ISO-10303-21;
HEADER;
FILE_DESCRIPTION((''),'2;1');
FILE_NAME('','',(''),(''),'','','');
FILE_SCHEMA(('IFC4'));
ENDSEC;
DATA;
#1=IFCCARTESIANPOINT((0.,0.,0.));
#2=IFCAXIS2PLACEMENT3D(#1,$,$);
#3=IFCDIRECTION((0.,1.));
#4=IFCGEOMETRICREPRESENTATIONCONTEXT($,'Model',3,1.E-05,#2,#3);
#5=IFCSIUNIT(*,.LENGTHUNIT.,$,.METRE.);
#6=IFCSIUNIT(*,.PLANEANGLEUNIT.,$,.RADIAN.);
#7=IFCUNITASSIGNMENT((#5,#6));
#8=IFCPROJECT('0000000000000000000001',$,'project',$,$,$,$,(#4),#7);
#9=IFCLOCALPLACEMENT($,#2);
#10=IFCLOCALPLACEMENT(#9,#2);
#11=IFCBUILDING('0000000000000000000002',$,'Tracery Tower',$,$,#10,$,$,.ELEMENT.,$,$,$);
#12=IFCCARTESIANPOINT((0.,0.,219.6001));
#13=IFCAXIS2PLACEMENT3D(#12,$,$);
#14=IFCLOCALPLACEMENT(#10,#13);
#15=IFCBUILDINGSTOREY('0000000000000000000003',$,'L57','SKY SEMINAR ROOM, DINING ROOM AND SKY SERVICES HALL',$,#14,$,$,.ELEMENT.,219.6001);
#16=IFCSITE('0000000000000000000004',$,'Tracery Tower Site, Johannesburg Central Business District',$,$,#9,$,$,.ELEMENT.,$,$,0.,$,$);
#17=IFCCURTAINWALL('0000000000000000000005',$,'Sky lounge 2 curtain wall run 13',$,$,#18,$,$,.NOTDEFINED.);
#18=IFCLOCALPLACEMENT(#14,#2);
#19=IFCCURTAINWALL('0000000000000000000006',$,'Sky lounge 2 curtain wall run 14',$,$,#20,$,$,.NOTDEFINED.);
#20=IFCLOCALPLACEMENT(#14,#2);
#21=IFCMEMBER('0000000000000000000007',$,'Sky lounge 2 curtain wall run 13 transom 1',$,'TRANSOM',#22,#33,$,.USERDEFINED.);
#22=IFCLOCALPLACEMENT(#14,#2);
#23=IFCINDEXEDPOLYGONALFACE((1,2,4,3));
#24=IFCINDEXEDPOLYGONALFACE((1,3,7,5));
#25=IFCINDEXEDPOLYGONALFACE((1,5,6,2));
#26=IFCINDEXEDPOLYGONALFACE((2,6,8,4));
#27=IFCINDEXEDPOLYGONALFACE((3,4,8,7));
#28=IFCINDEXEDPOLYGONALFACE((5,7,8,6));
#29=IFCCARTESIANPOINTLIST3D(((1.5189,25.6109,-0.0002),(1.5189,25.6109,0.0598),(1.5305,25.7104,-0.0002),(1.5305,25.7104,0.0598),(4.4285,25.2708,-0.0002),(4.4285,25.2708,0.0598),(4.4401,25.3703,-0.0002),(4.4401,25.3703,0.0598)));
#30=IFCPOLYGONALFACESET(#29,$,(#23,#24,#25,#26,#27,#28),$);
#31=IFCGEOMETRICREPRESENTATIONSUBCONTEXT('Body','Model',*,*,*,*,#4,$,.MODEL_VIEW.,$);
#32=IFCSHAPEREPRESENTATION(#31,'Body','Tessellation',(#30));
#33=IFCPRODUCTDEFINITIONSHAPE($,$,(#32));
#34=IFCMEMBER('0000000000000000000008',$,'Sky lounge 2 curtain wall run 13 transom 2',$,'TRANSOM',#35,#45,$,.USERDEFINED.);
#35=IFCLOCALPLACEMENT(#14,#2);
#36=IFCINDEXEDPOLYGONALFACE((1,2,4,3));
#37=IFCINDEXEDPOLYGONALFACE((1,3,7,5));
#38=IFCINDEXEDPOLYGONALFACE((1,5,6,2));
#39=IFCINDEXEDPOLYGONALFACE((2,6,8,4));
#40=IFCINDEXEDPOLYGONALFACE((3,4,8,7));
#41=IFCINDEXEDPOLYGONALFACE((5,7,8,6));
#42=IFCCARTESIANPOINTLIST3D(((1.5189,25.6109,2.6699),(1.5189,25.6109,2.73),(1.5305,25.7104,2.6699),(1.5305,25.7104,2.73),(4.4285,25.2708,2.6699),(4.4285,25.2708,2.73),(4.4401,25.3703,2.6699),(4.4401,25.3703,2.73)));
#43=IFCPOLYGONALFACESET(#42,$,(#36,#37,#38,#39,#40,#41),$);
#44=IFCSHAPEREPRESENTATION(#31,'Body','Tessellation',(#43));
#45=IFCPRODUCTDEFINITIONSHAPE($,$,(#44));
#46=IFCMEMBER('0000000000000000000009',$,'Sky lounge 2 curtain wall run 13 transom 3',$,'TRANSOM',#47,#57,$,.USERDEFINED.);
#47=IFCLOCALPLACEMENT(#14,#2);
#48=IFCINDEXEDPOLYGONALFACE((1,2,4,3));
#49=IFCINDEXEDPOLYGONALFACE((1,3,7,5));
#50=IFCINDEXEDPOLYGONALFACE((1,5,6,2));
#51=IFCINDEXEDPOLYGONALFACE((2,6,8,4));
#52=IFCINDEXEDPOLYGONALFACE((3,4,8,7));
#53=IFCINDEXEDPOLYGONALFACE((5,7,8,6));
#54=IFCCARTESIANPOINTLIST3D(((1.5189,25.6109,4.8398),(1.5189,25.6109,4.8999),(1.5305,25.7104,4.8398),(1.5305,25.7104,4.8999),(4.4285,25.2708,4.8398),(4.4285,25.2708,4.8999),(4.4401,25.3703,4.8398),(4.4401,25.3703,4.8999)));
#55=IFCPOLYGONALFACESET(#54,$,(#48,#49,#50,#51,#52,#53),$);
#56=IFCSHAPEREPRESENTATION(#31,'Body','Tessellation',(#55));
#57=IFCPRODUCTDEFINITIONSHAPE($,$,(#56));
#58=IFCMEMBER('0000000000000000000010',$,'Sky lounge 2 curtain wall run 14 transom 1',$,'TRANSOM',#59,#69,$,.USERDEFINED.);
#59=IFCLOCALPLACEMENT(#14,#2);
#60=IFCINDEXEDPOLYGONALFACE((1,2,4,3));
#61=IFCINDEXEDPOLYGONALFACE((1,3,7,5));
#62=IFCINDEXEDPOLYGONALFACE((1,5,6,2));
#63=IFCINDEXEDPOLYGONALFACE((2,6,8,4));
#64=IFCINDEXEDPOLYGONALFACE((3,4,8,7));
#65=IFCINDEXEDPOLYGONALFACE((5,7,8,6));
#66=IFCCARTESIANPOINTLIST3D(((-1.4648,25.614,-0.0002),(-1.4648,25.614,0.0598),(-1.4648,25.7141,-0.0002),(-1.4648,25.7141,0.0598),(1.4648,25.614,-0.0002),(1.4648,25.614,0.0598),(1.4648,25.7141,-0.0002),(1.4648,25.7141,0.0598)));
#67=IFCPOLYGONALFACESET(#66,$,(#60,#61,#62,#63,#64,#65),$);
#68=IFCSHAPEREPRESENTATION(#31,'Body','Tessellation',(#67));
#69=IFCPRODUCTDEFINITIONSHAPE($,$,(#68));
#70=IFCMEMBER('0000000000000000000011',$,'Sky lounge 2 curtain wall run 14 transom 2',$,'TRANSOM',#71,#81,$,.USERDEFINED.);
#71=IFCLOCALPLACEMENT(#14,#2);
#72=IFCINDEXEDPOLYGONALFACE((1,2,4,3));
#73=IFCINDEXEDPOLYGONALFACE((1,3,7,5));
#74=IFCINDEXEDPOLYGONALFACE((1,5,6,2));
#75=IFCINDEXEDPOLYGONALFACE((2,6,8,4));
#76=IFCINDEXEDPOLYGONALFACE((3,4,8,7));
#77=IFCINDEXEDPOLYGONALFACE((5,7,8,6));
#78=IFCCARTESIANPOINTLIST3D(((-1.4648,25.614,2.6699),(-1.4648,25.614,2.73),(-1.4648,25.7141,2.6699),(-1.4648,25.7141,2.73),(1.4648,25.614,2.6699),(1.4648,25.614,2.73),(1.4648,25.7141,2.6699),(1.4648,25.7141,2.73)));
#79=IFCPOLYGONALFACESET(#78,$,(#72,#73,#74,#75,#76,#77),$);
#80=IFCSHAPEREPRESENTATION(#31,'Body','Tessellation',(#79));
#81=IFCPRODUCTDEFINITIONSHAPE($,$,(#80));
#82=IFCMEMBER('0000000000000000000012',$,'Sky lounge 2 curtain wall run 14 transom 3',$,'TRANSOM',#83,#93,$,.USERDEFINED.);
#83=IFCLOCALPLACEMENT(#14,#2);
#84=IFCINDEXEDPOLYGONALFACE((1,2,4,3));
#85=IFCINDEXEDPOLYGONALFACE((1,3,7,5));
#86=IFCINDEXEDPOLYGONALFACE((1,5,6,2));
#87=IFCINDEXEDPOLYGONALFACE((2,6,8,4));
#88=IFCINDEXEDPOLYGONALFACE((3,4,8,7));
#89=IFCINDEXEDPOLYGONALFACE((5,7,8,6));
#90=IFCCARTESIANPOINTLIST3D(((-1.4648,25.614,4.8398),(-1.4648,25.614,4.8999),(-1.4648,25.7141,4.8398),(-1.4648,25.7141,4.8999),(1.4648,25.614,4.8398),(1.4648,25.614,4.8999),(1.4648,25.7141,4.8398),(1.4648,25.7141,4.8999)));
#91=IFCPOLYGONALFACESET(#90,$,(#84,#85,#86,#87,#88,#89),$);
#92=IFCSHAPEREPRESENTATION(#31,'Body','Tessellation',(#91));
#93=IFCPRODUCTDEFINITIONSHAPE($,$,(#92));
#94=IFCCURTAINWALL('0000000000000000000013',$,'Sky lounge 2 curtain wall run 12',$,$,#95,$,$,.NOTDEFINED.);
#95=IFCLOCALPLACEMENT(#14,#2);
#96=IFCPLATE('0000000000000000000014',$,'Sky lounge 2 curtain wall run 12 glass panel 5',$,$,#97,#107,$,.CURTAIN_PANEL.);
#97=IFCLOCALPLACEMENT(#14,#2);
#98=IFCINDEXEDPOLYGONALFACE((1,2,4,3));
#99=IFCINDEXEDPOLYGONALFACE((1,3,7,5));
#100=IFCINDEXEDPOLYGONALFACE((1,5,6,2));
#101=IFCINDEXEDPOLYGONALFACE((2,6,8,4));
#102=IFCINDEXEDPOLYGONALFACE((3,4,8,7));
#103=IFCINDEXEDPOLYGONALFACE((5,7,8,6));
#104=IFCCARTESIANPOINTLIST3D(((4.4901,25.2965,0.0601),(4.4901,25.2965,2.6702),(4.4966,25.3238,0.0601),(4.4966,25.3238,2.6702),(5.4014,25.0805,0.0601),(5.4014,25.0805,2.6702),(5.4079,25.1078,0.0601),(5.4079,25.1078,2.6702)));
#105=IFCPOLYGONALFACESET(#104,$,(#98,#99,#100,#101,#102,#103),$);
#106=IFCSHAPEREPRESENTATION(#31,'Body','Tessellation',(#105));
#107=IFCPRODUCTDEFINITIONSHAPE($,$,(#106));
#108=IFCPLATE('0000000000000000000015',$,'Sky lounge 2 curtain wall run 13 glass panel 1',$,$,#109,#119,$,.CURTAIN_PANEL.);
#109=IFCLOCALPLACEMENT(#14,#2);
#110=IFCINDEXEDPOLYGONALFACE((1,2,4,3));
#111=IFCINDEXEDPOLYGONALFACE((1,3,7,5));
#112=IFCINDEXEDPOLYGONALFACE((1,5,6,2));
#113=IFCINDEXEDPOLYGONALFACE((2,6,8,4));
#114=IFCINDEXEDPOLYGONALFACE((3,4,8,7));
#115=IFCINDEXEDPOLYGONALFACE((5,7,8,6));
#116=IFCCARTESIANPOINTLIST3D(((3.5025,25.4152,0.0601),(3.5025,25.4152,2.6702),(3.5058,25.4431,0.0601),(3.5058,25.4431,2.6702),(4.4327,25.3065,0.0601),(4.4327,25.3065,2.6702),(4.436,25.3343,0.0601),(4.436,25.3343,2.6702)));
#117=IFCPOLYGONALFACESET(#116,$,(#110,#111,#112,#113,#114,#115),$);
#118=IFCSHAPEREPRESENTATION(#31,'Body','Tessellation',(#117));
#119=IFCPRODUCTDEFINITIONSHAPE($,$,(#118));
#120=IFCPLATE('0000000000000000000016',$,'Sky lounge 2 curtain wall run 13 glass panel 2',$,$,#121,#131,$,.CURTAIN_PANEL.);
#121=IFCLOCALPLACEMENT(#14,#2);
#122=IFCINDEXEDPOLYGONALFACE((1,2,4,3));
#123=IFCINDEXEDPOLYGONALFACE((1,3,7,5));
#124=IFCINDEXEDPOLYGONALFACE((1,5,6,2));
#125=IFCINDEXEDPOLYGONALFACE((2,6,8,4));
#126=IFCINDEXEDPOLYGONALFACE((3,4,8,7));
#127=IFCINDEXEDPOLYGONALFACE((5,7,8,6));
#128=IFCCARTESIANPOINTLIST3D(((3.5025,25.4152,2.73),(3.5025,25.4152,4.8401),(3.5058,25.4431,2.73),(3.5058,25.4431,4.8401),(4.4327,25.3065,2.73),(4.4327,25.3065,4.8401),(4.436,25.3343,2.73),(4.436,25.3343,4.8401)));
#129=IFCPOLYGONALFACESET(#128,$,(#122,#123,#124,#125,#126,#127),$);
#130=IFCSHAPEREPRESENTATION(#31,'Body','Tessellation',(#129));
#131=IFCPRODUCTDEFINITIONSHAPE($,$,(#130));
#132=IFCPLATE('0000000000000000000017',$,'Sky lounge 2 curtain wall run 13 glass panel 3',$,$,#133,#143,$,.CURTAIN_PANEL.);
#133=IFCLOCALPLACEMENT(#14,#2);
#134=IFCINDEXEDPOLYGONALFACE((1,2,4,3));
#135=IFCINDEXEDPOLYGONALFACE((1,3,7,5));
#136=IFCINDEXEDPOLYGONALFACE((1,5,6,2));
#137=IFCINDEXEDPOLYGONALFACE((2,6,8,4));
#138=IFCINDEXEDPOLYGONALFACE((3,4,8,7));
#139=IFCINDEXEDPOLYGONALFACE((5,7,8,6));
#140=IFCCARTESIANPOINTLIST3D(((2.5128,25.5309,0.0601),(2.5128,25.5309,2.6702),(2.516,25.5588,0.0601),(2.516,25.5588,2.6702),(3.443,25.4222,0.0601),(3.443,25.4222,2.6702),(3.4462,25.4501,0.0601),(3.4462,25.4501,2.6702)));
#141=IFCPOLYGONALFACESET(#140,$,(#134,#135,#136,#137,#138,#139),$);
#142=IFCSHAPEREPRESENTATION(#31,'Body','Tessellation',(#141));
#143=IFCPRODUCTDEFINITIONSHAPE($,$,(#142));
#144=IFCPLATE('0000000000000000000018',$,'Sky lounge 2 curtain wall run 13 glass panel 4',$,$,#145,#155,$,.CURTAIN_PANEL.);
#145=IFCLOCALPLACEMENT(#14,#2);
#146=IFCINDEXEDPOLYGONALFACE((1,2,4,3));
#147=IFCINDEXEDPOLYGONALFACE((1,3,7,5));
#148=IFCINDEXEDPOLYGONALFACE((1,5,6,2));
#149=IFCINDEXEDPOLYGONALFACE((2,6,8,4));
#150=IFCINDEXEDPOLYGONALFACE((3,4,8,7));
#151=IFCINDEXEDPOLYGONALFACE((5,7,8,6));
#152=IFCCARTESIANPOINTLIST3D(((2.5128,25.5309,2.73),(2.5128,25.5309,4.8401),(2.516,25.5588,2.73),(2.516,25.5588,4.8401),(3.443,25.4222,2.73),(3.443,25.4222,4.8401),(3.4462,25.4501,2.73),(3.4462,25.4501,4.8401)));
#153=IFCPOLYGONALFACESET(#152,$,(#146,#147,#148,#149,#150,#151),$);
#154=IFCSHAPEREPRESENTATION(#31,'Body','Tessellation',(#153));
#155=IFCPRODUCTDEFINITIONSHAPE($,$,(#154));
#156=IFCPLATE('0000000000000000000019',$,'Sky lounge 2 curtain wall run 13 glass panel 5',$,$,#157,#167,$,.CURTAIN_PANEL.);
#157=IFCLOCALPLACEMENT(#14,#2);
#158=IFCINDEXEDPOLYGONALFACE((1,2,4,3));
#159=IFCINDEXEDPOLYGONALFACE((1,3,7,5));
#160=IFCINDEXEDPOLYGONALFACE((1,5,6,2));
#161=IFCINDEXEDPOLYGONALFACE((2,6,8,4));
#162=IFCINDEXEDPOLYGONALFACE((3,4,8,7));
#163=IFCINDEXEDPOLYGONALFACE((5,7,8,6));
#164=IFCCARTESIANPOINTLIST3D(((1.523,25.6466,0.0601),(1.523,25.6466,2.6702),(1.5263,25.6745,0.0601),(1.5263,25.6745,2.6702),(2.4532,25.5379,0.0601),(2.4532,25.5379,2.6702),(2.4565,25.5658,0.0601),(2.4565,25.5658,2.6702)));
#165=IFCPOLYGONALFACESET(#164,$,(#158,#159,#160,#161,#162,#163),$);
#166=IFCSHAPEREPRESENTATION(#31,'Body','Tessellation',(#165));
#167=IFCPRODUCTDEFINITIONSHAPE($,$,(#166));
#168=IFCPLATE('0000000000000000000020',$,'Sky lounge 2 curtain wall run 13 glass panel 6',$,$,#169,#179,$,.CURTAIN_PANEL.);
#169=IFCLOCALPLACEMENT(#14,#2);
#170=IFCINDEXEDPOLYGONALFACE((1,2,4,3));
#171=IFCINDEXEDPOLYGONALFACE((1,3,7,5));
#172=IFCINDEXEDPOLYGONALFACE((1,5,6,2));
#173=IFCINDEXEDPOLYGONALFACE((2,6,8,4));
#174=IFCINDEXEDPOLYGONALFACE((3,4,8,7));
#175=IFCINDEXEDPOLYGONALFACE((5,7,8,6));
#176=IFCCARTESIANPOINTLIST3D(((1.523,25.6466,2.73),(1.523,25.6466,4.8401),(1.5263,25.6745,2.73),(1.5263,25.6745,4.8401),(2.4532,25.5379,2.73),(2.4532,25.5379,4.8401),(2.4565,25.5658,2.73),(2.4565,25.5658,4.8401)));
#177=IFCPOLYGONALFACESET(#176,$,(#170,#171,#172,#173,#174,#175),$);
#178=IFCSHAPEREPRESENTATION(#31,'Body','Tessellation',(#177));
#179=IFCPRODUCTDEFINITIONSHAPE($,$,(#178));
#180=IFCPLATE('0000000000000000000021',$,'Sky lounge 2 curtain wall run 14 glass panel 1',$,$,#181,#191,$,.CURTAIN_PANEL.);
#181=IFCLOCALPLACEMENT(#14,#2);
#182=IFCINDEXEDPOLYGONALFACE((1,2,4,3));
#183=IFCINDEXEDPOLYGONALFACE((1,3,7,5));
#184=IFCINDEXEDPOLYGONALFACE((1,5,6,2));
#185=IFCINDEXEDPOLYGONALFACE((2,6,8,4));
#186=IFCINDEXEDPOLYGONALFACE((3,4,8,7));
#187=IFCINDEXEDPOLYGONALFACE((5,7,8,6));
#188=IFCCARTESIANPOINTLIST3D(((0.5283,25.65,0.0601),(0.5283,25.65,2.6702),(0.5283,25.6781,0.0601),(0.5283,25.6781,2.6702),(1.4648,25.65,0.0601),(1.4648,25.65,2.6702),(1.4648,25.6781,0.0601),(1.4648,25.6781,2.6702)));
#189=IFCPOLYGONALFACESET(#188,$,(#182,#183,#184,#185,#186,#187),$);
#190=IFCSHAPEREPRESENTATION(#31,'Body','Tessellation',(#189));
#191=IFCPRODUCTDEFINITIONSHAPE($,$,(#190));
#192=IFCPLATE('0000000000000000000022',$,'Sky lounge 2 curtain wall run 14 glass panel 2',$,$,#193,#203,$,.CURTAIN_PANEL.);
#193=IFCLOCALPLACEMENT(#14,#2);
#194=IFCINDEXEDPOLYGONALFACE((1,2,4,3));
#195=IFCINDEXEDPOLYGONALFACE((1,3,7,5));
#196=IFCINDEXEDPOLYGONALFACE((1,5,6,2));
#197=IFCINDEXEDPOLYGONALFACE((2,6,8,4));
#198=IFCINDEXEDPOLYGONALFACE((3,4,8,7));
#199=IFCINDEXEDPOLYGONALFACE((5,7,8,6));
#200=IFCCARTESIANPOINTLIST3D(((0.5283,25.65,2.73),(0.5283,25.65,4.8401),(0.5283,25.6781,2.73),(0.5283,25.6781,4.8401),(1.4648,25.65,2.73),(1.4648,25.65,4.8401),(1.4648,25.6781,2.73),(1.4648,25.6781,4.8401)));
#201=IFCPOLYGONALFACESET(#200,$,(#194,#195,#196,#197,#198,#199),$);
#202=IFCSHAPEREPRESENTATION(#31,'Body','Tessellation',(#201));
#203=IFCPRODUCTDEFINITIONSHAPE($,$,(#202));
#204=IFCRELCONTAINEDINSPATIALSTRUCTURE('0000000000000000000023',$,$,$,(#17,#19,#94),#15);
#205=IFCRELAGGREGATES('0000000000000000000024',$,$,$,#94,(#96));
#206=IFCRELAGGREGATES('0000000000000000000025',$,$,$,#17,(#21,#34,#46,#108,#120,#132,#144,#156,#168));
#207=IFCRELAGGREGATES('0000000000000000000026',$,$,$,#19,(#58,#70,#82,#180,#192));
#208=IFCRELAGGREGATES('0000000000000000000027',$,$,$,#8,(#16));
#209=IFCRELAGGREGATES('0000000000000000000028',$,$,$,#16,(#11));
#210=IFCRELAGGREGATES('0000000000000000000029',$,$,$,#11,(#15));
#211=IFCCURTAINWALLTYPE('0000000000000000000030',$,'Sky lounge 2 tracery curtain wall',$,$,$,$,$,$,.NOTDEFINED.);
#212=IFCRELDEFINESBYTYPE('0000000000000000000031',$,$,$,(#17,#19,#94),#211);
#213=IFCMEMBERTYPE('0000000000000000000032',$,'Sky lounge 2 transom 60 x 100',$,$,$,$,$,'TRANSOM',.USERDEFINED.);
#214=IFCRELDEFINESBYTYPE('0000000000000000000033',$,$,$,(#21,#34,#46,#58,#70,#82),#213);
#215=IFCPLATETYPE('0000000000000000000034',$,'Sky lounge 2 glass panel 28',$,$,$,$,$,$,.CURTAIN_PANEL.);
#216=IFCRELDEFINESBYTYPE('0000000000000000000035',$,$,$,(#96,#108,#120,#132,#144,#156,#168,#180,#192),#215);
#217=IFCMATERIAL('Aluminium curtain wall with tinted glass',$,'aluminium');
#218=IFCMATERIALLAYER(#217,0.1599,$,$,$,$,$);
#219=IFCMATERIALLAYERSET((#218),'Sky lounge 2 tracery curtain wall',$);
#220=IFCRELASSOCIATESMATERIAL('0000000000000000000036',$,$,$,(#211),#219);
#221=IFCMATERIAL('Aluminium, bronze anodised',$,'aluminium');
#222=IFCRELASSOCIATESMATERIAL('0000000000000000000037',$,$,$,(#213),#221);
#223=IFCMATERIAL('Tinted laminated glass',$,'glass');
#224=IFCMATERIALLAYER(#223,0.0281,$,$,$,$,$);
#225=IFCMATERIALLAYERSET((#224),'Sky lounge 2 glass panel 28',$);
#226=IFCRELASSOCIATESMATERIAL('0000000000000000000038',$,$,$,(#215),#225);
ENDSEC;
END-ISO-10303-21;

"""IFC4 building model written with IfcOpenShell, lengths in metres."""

from ifc_helpers import new_model, si_unit, direction, frame, origin, origin_2d, place, context, subcontext, project, spatial, rectangle, extrude, material, layer, layer_set, material_profile, profile_set, type_object, element, aggregate, save


model = new_model("IFC4")

# Units and contexts
model_context = context("Model", 3, precision=1e-05, world=origin(), true_north=direction((0.0, 1.0)))
body_context = subcontext(model_context, "Body", "Model", "MODEL_VIEW")
ifc_project = project(units=[si_unit("LENGTHUNIT", "METRE"), si_unit("PLANEANGLEUNIT", "RADIAN")], contexts=[model_context])

# Site, building, storey
site_placement = place(None, origin())
site = spatial("IfcSite", under=ifc_project, at=site_placement, Name="Tracery Tower Site, Johannesburg Central Business District", CompositionType="ELEMENT", RefElevation=0.0)
building_placement = place(site_placement, origin())
building = spatial("IfcBuilding", under=site, at=building_placement, Name="Tracery Tower", CompositionType="ELEMENT")
storey_placement = place(building_placement, frame((0.0, 0.0, 219.6001)))
storey = spatial("IfcBuildingStorey", under=building, at=storey_placement, Name="L57", Description="SKY SEMINAR ROOM, DINING ROOM AND SKY SERVICES HALL", CompositionType="ELEMENT", Elevation=219.6001)

# Curtain walls
ifc_material_1 = material(Name="Aluminium curtain wall with tinted glass", Category="aluminium")
ifc_layer_1 = layer(ifc_material_1, 0.1599)
ifc_layer_set_1 = layer_set([ifc_layer_1], Name="Sky lounge 2 tracery curtain wall")
curtain_wall_type = type_object("IfcCurtainWallType", Name="Sky lounge 2 tracery curtain wall", PredefinedType="NOTDEFINED", material=ifc_layer_set_1)
curtain_wall_1_placement = place(storey_placement, origin())
curtain_wall_1 = element("IfcCurtainWall", 1, at=curtain_wall_1_placement, inside=storey, type_object=curtain_wall_type, Name="Sky lounge 2 curtain wall run 13", PredefinedType="NOTDEFINED")
curtain_wall_2_placement = place(storey_placement, origin())
curtain_wall_2 = element("IfcCurtainWall", 2, at=curtain_wall_2_placement, inside=storey, type_object=curtain_wall_type, Name="Sky lounge 2 curtain wall run 14", PredefinedType="NOTDEFINED")

# Members
ifc_material_2 = material(Name="Aluminium, bronze anodised", Category="aluminium")
ifc_material_profile_1 = material_profile(ifc_material_2, rectangle(XDim=0.1001, YDim=0.0601, at=origin_2d()), Name="AL 60x100")
ifc_profile_set_1 = profile_set([ifc_material_profile_1], Name="Aluminium, bronze anodised")
member_type_1 = type_object("IfcMemberType", Name="Sky lounge 2 transom 60 x 100", ElementType="TRANSOM", PredefinedType="USERDEFINED", material=ifc_profile_set_1)
member_1_placement = place(storey_placement, frame((4.4343, 25.3206, 0.0298), z_axis=(-0.993238, 0.116092, 0.0), x_axis=(-0.116092, -0.993238, 0.0)))
member_1 = element("IfcMember", 3, at=member_1_placement, type_object=member_type_1, Name="Sky lounge 2 curtain wall run 13 transom 1", ObjectType="TRANSOM", PredefinedType="USERDEFINED", context=body_context, shape_type="SweptSolid", body=[
    extrude(rectangle(XDim=0.1001, YDim=0.0601, at=origin_2d()), origin(), (0.0, 0.0, 1.0), 2.9294),
])
member_2_placement = place(storey_placement, frame((4.4343, 25.3206, 2.7), z_axis=(-0.993238, 0.116092, 0.0), x_axis=(-0.116092, -0.993238, 0.0)))
member_2 = element("IfcMember", 4, at=member_2_placement, type_object=member_type_1, Name="Sky lounge 2 curtain wall run 13 transom 2", ObjectType="TRANSOM", PredefinedType="USERDEFINED", context=body_context, shape_type="SweptSolid", body=[
    extrude(rectangle(XDim=0.1001, YDim=0.0601, at=origin_2d()), origin(), (0.0, 0.0, 1.0), 2.9294),
])
member_3_placement = place(storey_placement, frame((4.4343, 25.3206, 4.8699), z_axis=(-0.993238, 0.116092, 0.0), x_axis=(-0.116092, -0.993238, 0.0)))
member_3 = element("IfcMember", 5, at=member_3_placement, type_object=member_type_1, Name="Sky lounge 2 curtain wall run 13 transom 3", ObjectType="TRANSOM", PredefinedType="USERDEFINED", context=body_context, shape_type="SweptSolid", body=[
    extrude(rectangle(XDim=0.1001, YDim=0.0601, at=origin_2d()), origin(), (0.0, 0.0, 1.0), 2.9294),
])
member_4_placement = place(storey_placement, frame((1.4648, 25.6641, 0.0298), z_axis=(-1.0, 0.0, 0.0), x_axis=(0.0, -1.0, 0.0)))
member_4 = element("IfcMember", 6, at=member_4_placement, type_object=member_type_1, Name="Sky lounge 2 curtain wall run 14 transom 1", ObjectType="TRANSOM", PredefinedType="USERDEFINED", context=body_context, shape_type="SweptSolid", body=[
    extrude(rectangle(XDim=0.1001, YDim=0.0601, at=origin_2d()), origin(), (0.0, 0.0, 1.0), 2.9297),
])
member_5_placement = place(storey_placement, frame((1.4648, 25.6641, 2.7), z_axis=(-1.0, 0.0, 0.0), x_axis=(0.0, -1.0, 0.0)))
member_5 = element("IfcMember", 7, at=member_5_placement, type_object=member_type_1, Name="Sky lounge 2 curtain wall run 14 transom 2", ObjectType="TRANSOM", PredefinedType="USERDEFINED", context=body_context, shape_type="SweptSolid", body=[
    extrude(rectangle(XDim=0.1001, YDim=0.0601, at=origin_2d()), origin(), (0.0, 0.0, 1.0), 2.9297),
])
member_6_placement = place(storey_placement, frame((1.4648, 25.6641, 4.8699), z_axis=(-1.0, 0.0, 0.0), x_axis=(0.0, -1.0, 0.0)))
member_6 = element("IfcMember", 8, at=member_6_placement, type_object=member_type_1, Name="Sky lounge 2 curtain wall run 14 transom 3", ObjectType="TRANSOM", PredefinedType="USERDEFINED", context=body_context, shape_type="SweptSolid", body=[
    extrude(rectangle(XDim=0.1001, YDim=0.0601, at=origin_2d()), origin(), (0.0, 0.0, 1.0), 2.9297),
])

# Curtain wall, plate
curtain_wall_3_placement = place(storey_placement, origin())
curtain_wall_3 = element("IfcCurtainWall", 9, at=curtain_wall_3_placement, inside=storey, type_object=curtain_wall_type, Name="Sky lounge 2 curtain wall run 12", PredefinedType="NOTDEFINED")
ifc_material_3 = material(Name="Tinted laminated glass", Category="glass")
ifc_layer_2 = layer(ifc_material_3, 0.0281)
ifc_layer_set_2 = layer_set([ifc_layer_2], Name="Sky lounge 2 glass panel 28")
plate_type = type_object("IfcPlateType", Name="Sky lounge 2 glass panel 28", PredefinedType="CURTAIN_PANEL", material=ifc_layer_set_2)
plate_1_placement = place(storey_placement, frame((4.949, 25.2021, 0.0601), z_axis=(0.0, 0.0, 1.0), x_axis=(-0.973045, 0.230616, 0.0)))
plate_1 = element("IfcPlate", 10, at=plate_1_placement, type_object=plate_type, Name="Sky lounge 2 curtain wall run 12 glass panel 5", PredefinedType="CURTAIN_PANEL", context=body_context, shape_type="SweptSolid", body=[
    extrude(rectangle(XDim=0.9365, YDim=0.0281, at=origin_2d()), origin(), (0.0, 0.0, 1.0), 2.6101),
])
aggregate(curtain_wall_3, [plate_1])

# Plates
plate_2_placement = place(storey_placement, frame((3.9692, 25.3748, 0.0601), z_axis=(0.0, 0.0, 1.0), x_axis=(-0.993238, 0.116093, 0.0)))
plate_2 = element("IfcPlate", 11, at=plate_2_placement, type_object=plate_type, Name="Sky lounge 2 curtain wall run 13 glass panel 1", PredefinedType="CURTAIN_PANEL", context=body_context, shape_type="SweptSolid", body=[
    extrude(rectangle(XDim=0.9365, YDim=0.0281, at=origin_2d()), origin(), (0.0, 0.0, 1.0), 2.6101),
])
plate_3_placement = place(storey_placement, frame((3.9692, 25.3748, 2.73), z_axis=(0.0, 0.0, 1.0), x_axis=(-0.993238, 0.116093, 0.0)))
plate_3 = element("IfcPlate", 12, at=plate_3_placement, type_object=plate_type, Name="Sky lounge 2 curtain wall run 13 glass panel 2", PredefinedType="CURTAIN_PANEL", context=body_context, shape_type="SweptSolid", body=[
    extrude(rectangle(XDim=0.9365, YDim=0.0281, at=origin_2d()), origin(), (0.0, 0.0, 1.0), 2.1101),
])
plate_4_placement = place(storey_placement, frame((2.9795, 25.4905, 0.0601), z_axis=(0.0, 0.0, 1.0), x_axis=(-0.993238, 0.116093, 0.0)))
plate_4 = element("IfcPlate", 13, at=plate_4_placement, type_object=plate_type, Name="Sky lounge 2 curtain wall run 13 glass panel 3", PredefinedType="CURTAIN_PANEL", context=body_context, shape_type="SweptSolid", body=[
    extrude(rectangle(XDim=0.9365, YDim=0.0281, at=origin_2d()), origin(), (0.0, 0.0, 1.0), 2.6101),
])
plate_5_placement = place(storey_placement, frame((2.9795, 25.4905, 2.73), z_axis=(0.0, 0.0, 1.0), x_axis=(-0.993238, 0.116093, 0.0)))
plate_5 = element("IfcPlate", 14, at=plate_5_placement, type_object=plate_type, Name="Sky lounge 2 curtain wall run 13 glass panel 4", PredefinedType="CURTAIN_PANEL", context=body_context, shape_type="SweptSolid", body=[
    extrude(rectangle(XDim=0.9365, YDim=0.0281, at=origin_2d()), origin(), (0.0, 0.0, 1.0), 2.1101),
])
plate_6_placement = place(storey_placement, frame((1.9897, 25.6062, 0.0601), z_axis=(0.0, 0.0, 1.0), x_axis=(-0.993238, 0.116093, 0.0)))
plate_6 = element("IfcPlate", 15, at=plate_6_placement, type_object=plate_type, Name="Sky lounge 2 curtain wall run 13 glass panel 5", PredefinedType="CURTAIN_PANEL", context=body_context, shape_type="SweptSolid", body=[
    extrude(rectangle(XDim=0.9365, YDim=0.0281, at=origin_2d()), origin(), (0.0, 0.0, 1.0), 2.6101),
])
plate_7_placement = place(storey_placement, frame((1.9897, 25.6062, 2.73), z_axis=(0.0, 0.0, 1.0), x_axis=(-0.993238, 0.116093, 0.0)))
plate_7 = element("IfcPlate", 16, at=plate_7_placement, type_object=plate_type, Name="Sky lounge 2 curtain wall run 13 glass panel 6", PredefinedType="CURTAIN_PANEL", context=body_context, shape_type="SweptSolid", body=[
    extrude(rectangle(XDim=0.9365, YDim=0.0281, at=origin_2d()), origin(), (0.0, 0.0, 1.0), 2.1101),
])
aggregate(curtain_wall_1, [member_1, member_2, member_3, plate_2, plate_3, plate_4, plate_5, plate_6, plate_7])
plate_8_placement = place(storey_placement, frame((0.9966, 25.6641, 0.0601), z_axis=(0.0, 0.0, 1.0), x_axis=(-1.0, 0.0, 0.0)))
plate_8 = element("IfcPlate", 17, at=plate_8_placement, type_object=plate_type, Name="Sky lounge 2 curtain wall run 14 glass panel 1", PredefinedType="CURTAIN_PANEL", context=body_context, shape_type="SweptSolid", body=[
    extrude(rectangle(XDim=0.9365, YDim=0.0281, at=origin_2d()), origin(), (0.0, 0.0, 1.0), 2.6101),
])
plate_9_placement = place(storey_placement, frame((0.9966, 25.6641, 2.73), z_axis=(0.0, 0.0, 1.0), x_axis=(-1.0, 0.0, 0.0)))
plate_9 = element("IfcPlate", 18, at=plate_9_placement, type_object=plate_type, Name="Sky lounge 2 curtain wall run 14 glass panel 2", PredefinedType="CURTAIN_PANEL", context=body_context, shape_type="SweptSolid", body=[
    extrude(rectangle(XDim=0.9365, YDim=0.0281, at=origin_2d()), origin(), (0.0, 0.0, 1.0), 2.1101),
])
aggregate(curtain_wall_2, [member_4, member_5, member_6, plate_8, plate_9])

save(model, "model.ifc")
